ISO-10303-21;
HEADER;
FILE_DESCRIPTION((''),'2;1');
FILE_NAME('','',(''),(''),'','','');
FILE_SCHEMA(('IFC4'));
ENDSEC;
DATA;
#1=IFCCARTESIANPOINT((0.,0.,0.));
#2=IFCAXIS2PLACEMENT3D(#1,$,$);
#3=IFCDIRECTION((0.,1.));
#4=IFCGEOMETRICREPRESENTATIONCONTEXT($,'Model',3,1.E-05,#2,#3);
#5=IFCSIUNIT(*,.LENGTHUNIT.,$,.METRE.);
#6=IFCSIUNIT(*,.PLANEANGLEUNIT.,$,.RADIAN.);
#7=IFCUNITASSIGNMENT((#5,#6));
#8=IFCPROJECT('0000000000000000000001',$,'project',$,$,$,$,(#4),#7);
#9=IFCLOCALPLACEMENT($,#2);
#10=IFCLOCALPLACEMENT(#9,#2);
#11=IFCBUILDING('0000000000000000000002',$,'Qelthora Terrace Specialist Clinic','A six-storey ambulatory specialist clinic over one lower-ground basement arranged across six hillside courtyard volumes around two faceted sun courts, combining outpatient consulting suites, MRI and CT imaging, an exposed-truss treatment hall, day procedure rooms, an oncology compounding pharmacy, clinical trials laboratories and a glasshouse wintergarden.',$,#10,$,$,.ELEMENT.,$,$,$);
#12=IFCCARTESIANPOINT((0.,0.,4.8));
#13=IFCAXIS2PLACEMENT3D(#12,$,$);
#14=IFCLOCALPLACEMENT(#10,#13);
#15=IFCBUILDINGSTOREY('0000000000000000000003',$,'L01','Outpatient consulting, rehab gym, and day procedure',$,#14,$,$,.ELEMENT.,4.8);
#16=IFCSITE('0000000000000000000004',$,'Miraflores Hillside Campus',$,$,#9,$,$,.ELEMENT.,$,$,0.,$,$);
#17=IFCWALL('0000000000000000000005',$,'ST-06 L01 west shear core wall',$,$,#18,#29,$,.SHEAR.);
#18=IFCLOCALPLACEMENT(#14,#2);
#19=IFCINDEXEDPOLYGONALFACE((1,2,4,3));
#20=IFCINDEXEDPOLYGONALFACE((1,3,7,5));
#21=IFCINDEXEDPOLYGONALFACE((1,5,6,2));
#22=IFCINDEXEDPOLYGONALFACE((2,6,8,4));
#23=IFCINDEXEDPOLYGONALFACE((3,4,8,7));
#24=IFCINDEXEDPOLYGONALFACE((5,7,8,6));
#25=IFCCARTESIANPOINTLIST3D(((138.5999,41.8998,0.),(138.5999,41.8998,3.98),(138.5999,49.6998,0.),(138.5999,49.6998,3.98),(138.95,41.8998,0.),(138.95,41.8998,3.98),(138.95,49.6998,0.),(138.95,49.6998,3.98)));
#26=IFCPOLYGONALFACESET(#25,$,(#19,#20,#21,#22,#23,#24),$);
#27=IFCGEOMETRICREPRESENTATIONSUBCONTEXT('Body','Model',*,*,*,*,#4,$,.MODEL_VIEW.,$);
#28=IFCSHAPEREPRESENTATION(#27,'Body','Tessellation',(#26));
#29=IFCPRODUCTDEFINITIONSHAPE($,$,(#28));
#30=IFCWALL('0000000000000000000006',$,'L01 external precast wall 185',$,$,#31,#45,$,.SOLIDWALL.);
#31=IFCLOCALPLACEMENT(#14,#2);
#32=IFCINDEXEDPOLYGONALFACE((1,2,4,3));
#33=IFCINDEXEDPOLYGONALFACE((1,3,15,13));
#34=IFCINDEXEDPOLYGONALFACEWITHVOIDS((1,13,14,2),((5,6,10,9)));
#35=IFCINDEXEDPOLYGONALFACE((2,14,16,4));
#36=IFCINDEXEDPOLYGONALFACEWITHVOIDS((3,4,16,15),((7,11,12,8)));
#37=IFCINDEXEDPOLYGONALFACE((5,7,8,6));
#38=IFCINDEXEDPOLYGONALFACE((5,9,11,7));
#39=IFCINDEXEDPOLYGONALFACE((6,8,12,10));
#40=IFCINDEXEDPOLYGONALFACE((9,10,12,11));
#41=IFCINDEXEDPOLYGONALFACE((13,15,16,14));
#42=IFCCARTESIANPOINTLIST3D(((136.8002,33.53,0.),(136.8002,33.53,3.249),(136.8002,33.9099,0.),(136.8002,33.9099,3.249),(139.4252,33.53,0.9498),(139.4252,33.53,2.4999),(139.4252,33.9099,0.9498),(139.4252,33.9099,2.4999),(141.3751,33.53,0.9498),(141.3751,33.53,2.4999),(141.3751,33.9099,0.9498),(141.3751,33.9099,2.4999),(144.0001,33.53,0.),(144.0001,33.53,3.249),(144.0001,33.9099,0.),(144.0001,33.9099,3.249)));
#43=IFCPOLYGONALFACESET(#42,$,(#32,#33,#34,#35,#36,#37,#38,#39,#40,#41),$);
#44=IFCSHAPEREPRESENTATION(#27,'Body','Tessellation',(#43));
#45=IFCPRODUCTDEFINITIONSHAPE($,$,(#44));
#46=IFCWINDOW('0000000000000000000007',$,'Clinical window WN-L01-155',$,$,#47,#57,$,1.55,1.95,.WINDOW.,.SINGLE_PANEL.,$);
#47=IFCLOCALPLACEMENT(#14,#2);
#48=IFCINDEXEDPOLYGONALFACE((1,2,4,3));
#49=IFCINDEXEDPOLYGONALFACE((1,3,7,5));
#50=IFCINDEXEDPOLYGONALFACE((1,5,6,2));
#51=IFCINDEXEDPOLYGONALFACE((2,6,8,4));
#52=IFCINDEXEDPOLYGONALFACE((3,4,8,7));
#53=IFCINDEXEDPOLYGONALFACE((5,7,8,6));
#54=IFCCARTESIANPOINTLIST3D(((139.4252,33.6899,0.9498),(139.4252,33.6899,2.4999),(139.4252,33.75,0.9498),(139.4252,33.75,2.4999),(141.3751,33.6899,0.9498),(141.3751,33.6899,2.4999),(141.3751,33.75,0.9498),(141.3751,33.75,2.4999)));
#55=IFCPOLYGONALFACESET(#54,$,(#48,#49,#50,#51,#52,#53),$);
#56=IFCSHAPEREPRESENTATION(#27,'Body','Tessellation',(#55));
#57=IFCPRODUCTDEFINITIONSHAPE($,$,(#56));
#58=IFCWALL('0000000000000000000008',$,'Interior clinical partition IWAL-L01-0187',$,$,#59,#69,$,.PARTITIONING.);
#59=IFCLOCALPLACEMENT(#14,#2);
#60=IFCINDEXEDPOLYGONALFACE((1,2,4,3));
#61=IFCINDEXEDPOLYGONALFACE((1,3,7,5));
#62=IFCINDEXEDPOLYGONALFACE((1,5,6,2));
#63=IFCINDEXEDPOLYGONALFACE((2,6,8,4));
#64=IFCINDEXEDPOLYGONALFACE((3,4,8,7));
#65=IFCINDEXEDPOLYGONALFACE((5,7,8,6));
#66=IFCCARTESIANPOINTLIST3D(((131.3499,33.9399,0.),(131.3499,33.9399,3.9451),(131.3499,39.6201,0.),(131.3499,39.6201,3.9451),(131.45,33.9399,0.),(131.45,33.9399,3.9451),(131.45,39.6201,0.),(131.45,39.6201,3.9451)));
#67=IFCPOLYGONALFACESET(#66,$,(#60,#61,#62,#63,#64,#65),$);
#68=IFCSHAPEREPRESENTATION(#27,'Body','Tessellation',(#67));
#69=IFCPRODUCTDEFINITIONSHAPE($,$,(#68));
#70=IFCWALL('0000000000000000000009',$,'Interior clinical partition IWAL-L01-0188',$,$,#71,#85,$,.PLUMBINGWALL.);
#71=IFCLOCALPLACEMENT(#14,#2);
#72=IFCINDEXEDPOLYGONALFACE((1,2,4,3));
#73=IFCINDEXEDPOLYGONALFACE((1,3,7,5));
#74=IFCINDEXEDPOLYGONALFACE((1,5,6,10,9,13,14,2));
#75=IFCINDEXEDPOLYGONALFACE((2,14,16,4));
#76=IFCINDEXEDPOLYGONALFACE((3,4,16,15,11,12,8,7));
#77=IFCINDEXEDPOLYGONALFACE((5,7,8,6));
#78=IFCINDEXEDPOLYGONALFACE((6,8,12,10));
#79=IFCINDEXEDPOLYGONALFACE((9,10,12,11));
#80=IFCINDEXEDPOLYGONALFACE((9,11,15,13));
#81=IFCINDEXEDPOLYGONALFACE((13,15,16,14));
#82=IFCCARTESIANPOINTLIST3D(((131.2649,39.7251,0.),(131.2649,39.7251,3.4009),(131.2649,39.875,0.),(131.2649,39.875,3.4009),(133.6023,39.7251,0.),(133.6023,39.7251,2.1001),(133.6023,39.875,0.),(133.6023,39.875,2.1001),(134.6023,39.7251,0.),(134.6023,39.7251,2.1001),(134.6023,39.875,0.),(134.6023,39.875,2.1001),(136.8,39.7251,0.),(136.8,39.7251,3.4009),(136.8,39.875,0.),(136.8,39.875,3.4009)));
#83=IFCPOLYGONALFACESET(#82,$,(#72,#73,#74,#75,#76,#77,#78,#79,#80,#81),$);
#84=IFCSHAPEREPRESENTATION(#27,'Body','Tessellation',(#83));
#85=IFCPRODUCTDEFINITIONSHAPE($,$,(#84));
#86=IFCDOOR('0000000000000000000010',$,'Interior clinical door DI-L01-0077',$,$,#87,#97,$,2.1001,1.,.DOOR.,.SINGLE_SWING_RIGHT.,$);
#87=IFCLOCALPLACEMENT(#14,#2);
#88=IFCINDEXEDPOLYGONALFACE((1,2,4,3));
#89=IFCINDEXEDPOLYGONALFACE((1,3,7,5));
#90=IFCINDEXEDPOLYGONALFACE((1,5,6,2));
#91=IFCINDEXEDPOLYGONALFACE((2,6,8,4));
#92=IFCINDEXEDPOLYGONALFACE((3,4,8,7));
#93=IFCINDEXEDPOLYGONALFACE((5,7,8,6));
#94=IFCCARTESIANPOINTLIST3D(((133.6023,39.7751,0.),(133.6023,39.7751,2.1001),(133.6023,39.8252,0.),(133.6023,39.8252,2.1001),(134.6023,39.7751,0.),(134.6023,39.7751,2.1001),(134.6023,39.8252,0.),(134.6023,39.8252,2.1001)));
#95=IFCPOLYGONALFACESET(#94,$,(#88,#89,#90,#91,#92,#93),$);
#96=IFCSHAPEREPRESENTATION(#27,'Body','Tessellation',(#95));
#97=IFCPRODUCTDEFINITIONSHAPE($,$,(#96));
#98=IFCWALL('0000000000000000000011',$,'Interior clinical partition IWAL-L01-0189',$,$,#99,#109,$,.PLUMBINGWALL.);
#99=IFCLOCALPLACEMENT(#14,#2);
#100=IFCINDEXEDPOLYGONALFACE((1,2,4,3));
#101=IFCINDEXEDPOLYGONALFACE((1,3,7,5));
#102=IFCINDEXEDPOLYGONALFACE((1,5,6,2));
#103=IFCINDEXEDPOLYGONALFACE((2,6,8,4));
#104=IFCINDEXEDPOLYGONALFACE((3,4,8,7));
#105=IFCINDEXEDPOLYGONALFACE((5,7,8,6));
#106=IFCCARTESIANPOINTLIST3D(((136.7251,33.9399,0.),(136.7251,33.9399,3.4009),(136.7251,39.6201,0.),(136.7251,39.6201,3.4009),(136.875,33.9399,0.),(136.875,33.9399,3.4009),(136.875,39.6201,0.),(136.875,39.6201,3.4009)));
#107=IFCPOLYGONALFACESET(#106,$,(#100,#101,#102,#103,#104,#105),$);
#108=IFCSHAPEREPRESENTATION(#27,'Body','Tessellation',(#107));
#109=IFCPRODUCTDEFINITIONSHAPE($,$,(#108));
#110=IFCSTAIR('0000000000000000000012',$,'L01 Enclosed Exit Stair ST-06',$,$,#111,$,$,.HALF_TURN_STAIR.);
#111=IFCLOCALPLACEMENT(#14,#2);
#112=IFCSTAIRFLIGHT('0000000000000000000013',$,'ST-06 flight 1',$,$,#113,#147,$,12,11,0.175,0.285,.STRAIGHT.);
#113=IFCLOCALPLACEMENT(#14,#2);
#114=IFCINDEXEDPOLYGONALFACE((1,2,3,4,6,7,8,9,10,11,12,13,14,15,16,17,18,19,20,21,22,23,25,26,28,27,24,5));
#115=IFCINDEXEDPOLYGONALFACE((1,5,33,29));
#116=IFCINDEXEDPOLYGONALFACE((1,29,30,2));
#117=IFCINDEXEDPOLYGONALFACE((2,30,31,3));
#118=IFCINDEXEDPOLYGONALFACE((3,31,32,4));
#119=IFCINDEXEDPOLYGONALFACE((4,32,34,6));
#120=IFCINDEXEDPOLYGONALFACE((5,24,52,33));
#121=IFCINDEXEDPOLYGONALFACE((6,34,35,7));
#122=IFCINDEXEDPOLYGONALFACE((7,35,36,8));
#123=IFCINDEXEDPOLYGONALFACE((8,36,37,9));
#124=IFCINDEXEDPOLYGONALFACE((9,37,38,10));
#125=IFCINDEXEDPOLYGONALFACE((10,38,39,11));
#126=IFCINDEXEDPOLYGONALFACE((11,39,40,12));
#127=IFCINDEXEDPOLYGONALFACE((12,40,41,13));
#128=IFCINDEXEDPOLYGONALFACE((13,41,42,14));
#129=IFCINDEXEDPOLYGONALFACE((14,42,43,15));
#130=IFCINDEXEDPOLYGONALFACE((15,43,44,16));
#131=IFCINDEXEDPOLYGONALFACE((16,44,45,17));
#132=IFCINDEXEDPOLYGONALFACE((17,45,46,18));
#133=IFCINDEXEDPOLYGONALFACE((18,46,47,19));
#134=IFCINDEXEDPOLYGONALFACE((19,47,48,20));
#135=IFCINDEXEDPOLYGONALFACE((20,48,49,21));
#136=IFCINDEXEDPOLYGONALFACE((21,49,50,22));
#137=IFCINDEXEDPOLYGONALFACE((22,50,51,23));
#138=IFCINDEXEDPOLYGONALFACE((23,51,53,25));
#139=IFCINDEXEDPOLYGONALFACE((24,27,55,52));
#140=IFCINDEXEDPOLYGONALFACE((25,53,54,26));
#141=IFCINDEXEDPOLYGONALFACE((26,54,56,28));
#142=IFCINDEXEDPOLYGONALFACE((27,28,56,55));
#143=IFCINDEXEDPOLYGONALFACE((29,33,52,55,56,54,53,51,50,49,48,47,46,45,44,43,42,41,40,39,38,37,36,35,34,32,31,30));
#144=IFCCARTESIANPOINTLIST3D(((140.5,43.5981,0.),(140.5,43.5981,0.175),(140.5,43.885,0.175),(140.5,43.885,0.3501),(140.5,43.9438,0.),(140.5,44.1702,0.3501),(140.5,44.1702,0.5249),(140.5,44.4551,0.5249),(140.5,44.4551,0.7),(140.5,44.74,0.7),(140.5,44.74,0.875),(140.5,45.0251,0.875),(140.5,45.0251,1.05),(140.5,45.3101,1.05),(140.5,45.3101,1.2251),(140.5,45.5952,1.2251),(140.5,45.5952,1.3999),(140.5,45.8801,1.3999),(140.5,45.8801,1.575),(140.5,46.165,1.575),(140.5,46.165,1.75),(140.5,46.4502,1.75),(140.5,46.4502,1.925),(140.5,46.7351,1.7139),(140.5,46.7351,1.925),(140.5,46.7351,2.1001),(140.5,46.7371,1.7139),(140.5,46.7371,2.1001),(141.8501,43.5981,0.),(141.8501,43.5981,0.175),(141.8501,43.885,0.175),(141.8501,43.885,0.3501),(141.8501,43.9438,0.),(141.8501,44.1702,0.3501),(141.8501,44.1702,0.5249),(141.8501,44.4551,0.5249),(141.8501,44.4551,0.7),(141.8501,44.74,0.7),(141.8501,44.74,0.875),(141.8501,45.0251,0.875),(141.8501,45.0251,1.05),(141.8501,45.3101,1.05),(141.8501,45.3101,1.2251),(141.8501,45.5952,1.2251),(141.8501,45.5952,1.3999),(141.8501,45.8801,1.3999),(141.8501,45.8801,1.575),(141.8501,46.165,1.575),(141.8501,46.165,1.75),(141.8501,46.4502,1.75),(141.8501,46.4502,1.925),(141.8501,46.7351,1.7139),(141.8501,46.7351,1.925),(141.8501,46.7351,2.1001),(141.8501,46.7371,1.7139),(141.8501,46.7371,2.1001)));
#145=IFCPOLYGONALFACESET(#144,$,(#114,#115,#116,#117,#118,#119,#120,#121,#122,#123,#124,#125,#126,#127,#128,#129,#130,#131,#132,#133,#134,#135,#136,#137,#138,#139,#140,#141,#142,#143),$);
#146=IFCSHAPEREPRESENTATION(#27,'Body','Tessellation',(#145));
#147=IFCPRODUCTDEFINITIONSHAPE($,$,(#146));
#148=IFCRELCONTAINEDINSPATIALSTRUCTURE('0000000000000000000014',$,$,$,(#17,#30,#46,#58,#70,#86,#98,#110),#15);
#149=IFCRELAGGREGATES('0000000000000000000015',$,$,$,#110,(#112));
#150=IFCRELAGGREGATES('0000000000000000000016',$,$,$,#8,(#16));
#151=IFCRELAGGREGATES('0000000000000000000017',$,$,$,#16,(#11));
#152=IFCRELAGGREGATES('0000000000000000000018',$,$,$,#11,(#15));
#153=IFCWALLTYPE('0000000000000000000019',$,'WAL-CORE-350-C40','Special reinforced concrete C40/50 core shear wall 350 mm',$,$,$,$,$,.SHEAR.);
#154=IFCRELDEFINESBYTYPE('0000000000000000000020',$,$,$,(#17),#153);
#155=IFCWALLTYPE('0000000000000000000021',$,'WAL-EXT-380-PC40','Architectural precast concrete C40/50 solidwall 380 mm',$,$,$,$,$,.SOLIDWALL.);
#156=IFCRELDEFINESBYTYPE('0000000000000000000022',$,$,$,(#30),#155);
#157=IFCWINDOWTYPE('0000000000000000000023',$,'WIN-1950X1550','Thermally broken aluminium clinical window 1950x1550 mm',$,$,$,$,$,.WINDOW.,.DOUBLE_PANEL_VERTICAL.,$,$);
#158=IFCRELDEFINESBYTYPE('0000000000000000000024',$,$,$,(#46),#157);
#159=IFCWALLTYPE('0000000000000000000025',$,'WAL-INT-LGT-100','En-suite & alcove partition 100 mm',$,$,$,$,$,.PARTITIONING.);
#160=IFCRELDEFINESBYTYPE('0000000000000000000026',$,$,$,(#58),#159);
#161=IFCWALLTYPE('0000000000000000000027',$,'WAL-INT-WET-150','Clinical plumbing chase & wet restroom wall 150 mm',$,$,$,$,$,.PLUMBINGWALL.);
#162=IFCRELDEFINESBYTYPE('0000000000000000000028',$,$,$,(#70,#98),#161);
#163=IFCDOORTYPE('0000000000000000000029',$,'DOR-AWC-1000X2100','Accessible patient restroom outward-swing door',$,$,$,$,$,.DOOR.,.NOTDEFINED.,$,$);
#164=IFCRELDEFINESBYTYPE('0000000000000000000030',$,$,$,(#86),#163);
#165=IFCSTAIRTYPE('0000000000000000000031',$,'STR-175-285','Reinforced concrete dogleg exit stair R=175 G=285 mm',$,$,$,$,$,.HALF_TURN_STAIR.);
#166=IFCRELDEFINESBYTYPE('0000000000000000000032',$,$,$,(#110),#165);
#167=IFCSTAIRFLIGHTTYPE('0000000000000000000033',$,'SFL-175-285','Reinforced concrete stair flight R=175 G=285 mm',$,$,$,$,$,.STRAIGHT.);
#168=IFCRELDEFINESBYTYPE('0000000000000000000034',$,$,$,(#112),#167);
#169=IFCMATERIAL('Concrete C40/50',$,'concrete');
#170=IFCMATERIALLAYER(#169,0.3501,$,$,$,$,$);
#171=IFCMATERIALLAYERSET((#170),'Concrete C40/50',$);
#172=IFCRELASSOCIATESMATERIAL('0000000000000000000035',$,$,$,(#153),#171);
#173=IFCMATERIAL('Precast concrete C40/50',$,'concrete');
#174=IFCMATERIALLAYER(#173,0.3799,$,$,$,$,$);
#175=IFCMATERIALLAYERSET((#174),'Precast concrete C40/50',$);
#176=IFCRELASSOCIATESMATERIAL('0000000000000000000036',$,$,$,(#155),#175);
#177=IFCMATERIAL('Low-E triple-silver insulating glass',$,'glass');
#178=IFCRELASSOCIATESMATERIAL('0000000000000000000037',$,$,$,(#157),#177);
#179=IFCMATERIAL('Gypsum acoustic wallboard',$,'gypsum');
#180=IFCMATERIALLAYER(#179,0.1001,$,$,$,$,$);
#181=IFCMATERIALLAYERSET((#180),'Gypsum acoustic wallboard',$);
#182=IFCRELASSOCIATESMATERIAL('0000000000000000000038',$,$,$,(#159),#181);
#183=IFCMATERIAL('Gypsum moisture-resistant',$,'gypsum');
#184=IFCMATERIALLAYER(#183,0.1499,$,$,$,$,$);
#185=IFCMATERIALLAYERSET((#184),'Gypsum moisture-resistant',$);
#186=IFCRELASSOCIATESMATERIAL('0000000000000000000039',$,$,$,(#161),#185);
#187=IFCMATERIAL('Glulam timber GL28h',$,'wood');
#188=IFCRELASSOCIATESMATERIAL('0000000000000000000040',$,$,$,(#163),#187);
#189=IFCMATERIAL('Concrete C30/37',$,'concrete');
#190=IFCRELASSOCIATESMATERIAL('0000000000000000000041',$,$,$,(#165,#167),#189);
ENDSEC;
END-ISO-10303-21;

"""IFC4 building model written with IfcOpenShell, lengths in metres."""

from ifc_helpers import new_model, si_unit, direction, frame, frame_2d, origin, place, context, subcontext, project, spatial, polyline, rectangle, outline, extrude, material, layer, layer_set, type_object, element, fill, aggregate, save


model = new_model("IFC4")

# Units and contexts
model_context = context("Model", 3, precision=1e-05, world=origin(), true_north=direction((0.0, 1.0)))
body_context = subcontext(model_context, "Body", "Model", "MODEL_VIEW")
ifc_project = project(units=[si_unit("LENGTHUNIT", "METRE"), si_unit("PLANEANGLEUNIT", "RADIAN")], contexts=[model_context])

# Site, building, storey
site_placement = place(None, origin())
site = spatial("IfcSite", under=ifc_project, at=site_placement, Name="Miraflores Hillside Campus", CompositionType="ELEMENT", RefElevation=0.0)
building_placement = place(site_placement, origin())
building = spatial("IfcBuilding", under=site, at=building_placement, Name="Qelthora Terrace Specialist Clinic", Description="A six-storey ambulatory specialist clinic over one lower-ground basement arranged across six hillside courtyard volumes around two faceted sun courts, combining outpatient consulting suites, MRI and CT imaging, an exposed-truss treatment hall, day procedure rooms, an oncology compounding pharmacy, clinical trials laboratories and a glasshouse wintergarden.", CompositionType="ELEMENT")
storey_placement = place(building_placement, frame((0.0, 0.0, 4.8)))
storey = spatial("IfcBuildingStorey", under=building, at=storey_placement, Name="L01", Description="Outpatient consulting, rehab gym, and day procedure", CompositionType="ELEMENT", Elevation=4.8)

# Shared definitions
ifc_material_1 = material(Name="Low-E triple-silver insulating glass", Category="glass")

# Wall
ifc_material_2 = material(Name="Concrete C40/50", Category="concrete")
ifc_layer_1 = layer(ifc_material_2, 0.3501)
ifc_layer_set_1 = layer_set([ifc_layer_1], Name="Concrete C40/50")
wall_type_1 = type_object("IfcWallType", Name="WAL-CORE-350-C40", Description="Special reinforced concrete C40/50 core shear wall 350 mm", PredefinedType="SHEAR", material=ifc_layer_set_1)
wall_1_placement = place(storey_placement, frame((138.7749, 41.8999, 0.0), z_axis=(0.0, 0.0, 1.0), x_axis=(0.0, 1.0, 0.0)))
element("IfcWall", 1, at=wall_1_placement, inside=storey, type_object=wall_type_1, Name="ST-06 L01 west shear core wall", PredefinedType="SHEAR", context=body_context, shape_type="SweptSolid", body=[
    extrude(rectangle(XDim=7.8, YDim=0.3501, at=frame_2d((3.8999, 0.0))), origin(), (0.0, 0.0, 1.0), 3.98),
])

# Wall, opening, window
ifc_material_3 = material(Name="Precast concrete C40/50", Category="concrete")
ifc_layer_2 = layer(ifc_material_3, 0.3799)
ifc_layer_set_2 = layer_set([ifc_layer_2], Name="Precast concrete C40/50")
wall_type_2 = type_object("IfcWallType", Name="WAL-EXT-380-PC40", Description="Architectural precast concrete C40/50 solidwall 380 mm", PredefinedType="SOLIDWALL", material=ifc_layer_set_2)
wall_2_placement = place(storey_placement, frame((136.8, 33.72, 0.0), z_axis=(0.0, 0.0, 1.0), x_axis=(1.0, 0.0, 0.0)))
wall_2 = element("IfcWall", 2, at=wall_2_placement, inside=storey, type_object=wall_type_2, Name="L01 external precast wall 185", PredefinedType="SOLIDWALL", context=body_context, shape_type="SweptSolid", body=[
    extrude(rectangle(XDim=7.2, YDim=0.3799, at=frame_2d((3.6001, 0.0))), origin(), (0.0, 0.0, 1.0), 3.249),
])
opening_1_placement = place(wall_2_placement, frame((2.625, 0.0, 0.95)))
opening_1 = element("IfcOpeningElement", 3, at=opening_1_placement, cuts=wall_2, PredefinedType="OPENING", context=body_context, shape_type="SweptSolid", body=[
    extrude(rectangle(XDim=1.95, YDim=1.55, at=frame_2d((0.9751, 0.7749))), frame((0.0, 0.2, 0.0), z_axis=(0.0, -1.0, 0.0), x_axis=(1.0, 0.0, 0.0)), (0.0, 0.0, 1.0), 0.3999),
])
window_type = type_object("IfcWindowType", Name="WIN-1950X1550", Description="Thermally broken aluminium clinical window 1950x1550 mm", PartitioningType="DOUBLE_PANEL_VERTICAL", PredefinedType="WINDOW", material=ifc_material_1)
window_placement = place(opening_1_placement, origin())
window = element("IfcWindow", 4, at=window_placement, inside=storey, type_object=window_type, Name="Clinical window WN-L01-155", OverallHeight=1.55, OverallWidth=1.95, PartitioningType="SINGLE_PANEL", PredefinedType="WINDOW", context=body_context, shape_type="SweptSolid", body=[
    extrude(rectangle(XDim=1.95, YDim=1.55, at=frame_2d((0.9751, 0.7749))), frame((0.0, 0.03, 0.0), z_axis=(0.0, -1.0, 0.0), x_axis=(1.0, 0.0, 0.0)), (0.0, 0.0, 1.0), 0.0601),
])
fill(opening_1, window)

# Wall
ifc_material_4 = material(Name="Gypsum acoustic wallboard", Category="gypsum")
ifc_layer_3 = layer(ifc_material_4, 0.1001)
ifc_layer_set_3 = layer_set([ifc_layer_3], Name="Gypsum acoustic wallboard")
wall_type_3 = type_object("IfcWallType", Name="WAL-INT-LGT-100", Description="En-suite & alcove partition 100 mm", PredefinedType="PARTITIONING", material=ifc_layer_set_3)
wall_3_placement = place(storey_placement, frame((131.3999, 39.6201, 0.0), z_axis=(0.0, 0.0, 1.0), x_axis=(0.0, -1.0, 0.0)))
element("IfcWall", 5, at=wall_3_placement, inside=storey, type_object=wall_type_3, Name="Interior clinical partition IWAL-L01-0187", PredefinedType="PARTITIONING", context=body_context, shape_type="SweptSolid", body=[
    extrude(rectangle(XDim=5.6802, YDim=0.1001, at=frame_2d((2.8401, 0.0))), origin(), (0.0, 0.0, 1.0), 3.9451),
])

# Wall, opening, door
ifc_material_5 = material(Name="Gypsum moisture-resistant", Category="gypsum")
ifc_layer_4 = layer(ifc_material_5, 0.1499)
ifc_layer_set_4 = layer_set([ifc_layer_4], Name="Gypsum moisture-resistant")
wall_type_4 = type_object("IfcWallType", Name="WAL-INT-WET-150", Description="Clinical plumbing chase & wet restroom wall 150 mm", PredefinedType="PLUMBINGWALL", material=ifc_layer_set_4)
wall_4_placement = place(storey_placement, frame((131.2649, 39.8, 0.0), z_axis=(0.0, 0.0, 1.0), x_axis=(1.0, 0.0, 0.0)))
wall_4 = element("IfcWall", 6, at=wall_4_placement, inside=storey, type_object=wall_type_4, Name="Interior clinical partition IWAL-L01-0188", PredefinedType="PLUMBINGWALL", context=body_context, shape_type="SweptSolid", body=[
    extrude(rectangle(XDim=5.5352, YDim=0.1499, at=frame_2d((2.7676, 0.0))), origin(), (0.0, 0.0, 1.0), 3.4009),
])
opening_2_placement = place(wall_4_placement, frame((2.3374, 0.0, 0.0)))
opening_2 = element("IfcOpeningElement", 7, at=opening_2_placement, cuts=wall_4, PredefinedType="OPENING", context=body_context, shape_type="SweptSolid", body=[
    extrude(rectangle(XDim=1.0, YDim=2.1001, at=frame_2d((0.5, 1.05))), frame((0.0, 0.085, 0.0), z_axis=(0.0, -1.0, 0.0), x_axis=(1.0, 0.0, 0.0)), (0.0, 0.0, 1.0), 0.1699),
])
ifc_material_6 = material(Name="Glulam timber GL28h", Category="wood")
door_type_1 = type_object("IfcDoorType", Name="DOR-AWC-1000X2100", Description="Accessible patient restroom outward-swing door", OperationType="NOTDEFINED", PredefinedType="DOOR", material=ifc_material_6)
door_1_placement = place(opening_2_placement, frame((1.0, 0.0, 0.0), z_axis=(0.0, 0.0, 1.0), x_axis=(-1.0, 0.0, 0.0)))
door_1 = element("IfcDoor", 8, at=door_1_placement, inside=storey, type_object=door_type_1, Name="Interior clinical door DI-L01-0077", OperationType="SINGLE_SWING_RIGHT", OverallHeight=2.1001, OverallWidth=1.0, PredefinedType="DOOR", context=body_context, shape_type="SweptSolid", body=[
    extrude(rectangle(XDim=1.0, YDim=2.1001, at=frame_2d((0.5, 1.05))), frame((0.0, 0.0249, 0.0), z_axis=(0.0, -1.0, 0.0), x_axis=(1.0, 0.0, 0.0)), (0.0, 0.0, 1.0), 0.05),
])
fill(opening_2, door_1)

# Wall
wall_5_placement = place(storey_placement, frame((136.8, 39.6201, 0.0), z_axis=(0.0, 0.0, 1.0), x_axis=(0.0, -1.0, 0.0)))
element("IfcWall", 9, at=wall_5_placement, inside=storey, type_object=wall_type_4, Name="Interior clinical partition IWAL-L01-0189", PredefinedType="PLUMBINGWALL", context=body_context, shape_type="SweptSolid", body=[
    extrude(rectangle(XDim=5.6802, YDim=0.1499, at=frame_2d((2.8401, 0.0))), origin(), (0.0, 0.0, 1.0), 3.4009),
])

# Stair, stair flight
ifc_material_7 = material(Name="Concrete C30/37", Category="concrete")
stair_type = type_object("IfcStairType", Name="STR-175-285", Description="Reinforced concrete dogleg exit stair R=175 G=285 mm", PredefinedType="HALF_TURN_STAIR", material=ifc_material_7)
stair_placement = place(storey_placement, origin())
stair = element("IfcStair", 10, at=stair_placement, inside=storey, type_object=stair_type, Name="L01 Enclosed Exit Stair ST-06", PredefinedType="HALF_TURN_STAIR")
stair_flight_type = type_object("IfcStairFlightType", Name="SFL-175-285", Description="Reinforced concrete stair flight R=175 G=285 mm", PredefinedType="STRAIGHT", material=ifc_material_7)
stair_flight_placement = place(storey_placement, frame((141.175, 43.6001, 0.0), z_axis=(0.0, 0.0, 1.0), x_axis=(0.0, 1.0, 0.0)))
stair_flight = element("IfcStairFlight", 11, at=stair_flight_placement, type_object=stair_flight_type, Name="ST-06 flight 1", NumberOfRisers=12, NumberOfTreads=11, PredefinedType="STRAIGHT", RiserHeight=0.175, TreadLength=0.285, context=body_context, shape_type="SweptSolid", body=[
    extrude(outline(polyline([(-0.002, 0.0), (-0.002, 0.175), (0.2849, 0.175), (0.2849, 0.3501), (0.5701, 0.3501), (0.5701, 0.5249), (0.855, 0.5249), (0.855, 0.7), (1.1399, 0.7), (1.1399, 0.875), (1.425, 0.875), (1.425, 1.05), (1.71, 1.05), (1.71, 1.2251), (1.9951, 1.2251), (1.9951, 1.3999), (2.28, 1.3999), (2.28, 1.575), (2.5649, 1.575), (2.5649, 1.75), (2.8501, 1.75), (2.8501, 1.925), (3.135, 1.925), (3.135, 2.1001), (3.137, 2.1001), (3.137, 1.7139), (3.135, 1.7139), (0.3438, 0.0), (-0.002, 0.0)])), frame((0.0, 0.675, 0.0), z_axis=(0.0, -1.0, 0.0), x_axis=(1.0, 0.0, 0.0)), (0.0, 0.0, 1.0), 1.3501),
])
aggregate(stair, [stair_flight])

save(model, "model.ifc")
